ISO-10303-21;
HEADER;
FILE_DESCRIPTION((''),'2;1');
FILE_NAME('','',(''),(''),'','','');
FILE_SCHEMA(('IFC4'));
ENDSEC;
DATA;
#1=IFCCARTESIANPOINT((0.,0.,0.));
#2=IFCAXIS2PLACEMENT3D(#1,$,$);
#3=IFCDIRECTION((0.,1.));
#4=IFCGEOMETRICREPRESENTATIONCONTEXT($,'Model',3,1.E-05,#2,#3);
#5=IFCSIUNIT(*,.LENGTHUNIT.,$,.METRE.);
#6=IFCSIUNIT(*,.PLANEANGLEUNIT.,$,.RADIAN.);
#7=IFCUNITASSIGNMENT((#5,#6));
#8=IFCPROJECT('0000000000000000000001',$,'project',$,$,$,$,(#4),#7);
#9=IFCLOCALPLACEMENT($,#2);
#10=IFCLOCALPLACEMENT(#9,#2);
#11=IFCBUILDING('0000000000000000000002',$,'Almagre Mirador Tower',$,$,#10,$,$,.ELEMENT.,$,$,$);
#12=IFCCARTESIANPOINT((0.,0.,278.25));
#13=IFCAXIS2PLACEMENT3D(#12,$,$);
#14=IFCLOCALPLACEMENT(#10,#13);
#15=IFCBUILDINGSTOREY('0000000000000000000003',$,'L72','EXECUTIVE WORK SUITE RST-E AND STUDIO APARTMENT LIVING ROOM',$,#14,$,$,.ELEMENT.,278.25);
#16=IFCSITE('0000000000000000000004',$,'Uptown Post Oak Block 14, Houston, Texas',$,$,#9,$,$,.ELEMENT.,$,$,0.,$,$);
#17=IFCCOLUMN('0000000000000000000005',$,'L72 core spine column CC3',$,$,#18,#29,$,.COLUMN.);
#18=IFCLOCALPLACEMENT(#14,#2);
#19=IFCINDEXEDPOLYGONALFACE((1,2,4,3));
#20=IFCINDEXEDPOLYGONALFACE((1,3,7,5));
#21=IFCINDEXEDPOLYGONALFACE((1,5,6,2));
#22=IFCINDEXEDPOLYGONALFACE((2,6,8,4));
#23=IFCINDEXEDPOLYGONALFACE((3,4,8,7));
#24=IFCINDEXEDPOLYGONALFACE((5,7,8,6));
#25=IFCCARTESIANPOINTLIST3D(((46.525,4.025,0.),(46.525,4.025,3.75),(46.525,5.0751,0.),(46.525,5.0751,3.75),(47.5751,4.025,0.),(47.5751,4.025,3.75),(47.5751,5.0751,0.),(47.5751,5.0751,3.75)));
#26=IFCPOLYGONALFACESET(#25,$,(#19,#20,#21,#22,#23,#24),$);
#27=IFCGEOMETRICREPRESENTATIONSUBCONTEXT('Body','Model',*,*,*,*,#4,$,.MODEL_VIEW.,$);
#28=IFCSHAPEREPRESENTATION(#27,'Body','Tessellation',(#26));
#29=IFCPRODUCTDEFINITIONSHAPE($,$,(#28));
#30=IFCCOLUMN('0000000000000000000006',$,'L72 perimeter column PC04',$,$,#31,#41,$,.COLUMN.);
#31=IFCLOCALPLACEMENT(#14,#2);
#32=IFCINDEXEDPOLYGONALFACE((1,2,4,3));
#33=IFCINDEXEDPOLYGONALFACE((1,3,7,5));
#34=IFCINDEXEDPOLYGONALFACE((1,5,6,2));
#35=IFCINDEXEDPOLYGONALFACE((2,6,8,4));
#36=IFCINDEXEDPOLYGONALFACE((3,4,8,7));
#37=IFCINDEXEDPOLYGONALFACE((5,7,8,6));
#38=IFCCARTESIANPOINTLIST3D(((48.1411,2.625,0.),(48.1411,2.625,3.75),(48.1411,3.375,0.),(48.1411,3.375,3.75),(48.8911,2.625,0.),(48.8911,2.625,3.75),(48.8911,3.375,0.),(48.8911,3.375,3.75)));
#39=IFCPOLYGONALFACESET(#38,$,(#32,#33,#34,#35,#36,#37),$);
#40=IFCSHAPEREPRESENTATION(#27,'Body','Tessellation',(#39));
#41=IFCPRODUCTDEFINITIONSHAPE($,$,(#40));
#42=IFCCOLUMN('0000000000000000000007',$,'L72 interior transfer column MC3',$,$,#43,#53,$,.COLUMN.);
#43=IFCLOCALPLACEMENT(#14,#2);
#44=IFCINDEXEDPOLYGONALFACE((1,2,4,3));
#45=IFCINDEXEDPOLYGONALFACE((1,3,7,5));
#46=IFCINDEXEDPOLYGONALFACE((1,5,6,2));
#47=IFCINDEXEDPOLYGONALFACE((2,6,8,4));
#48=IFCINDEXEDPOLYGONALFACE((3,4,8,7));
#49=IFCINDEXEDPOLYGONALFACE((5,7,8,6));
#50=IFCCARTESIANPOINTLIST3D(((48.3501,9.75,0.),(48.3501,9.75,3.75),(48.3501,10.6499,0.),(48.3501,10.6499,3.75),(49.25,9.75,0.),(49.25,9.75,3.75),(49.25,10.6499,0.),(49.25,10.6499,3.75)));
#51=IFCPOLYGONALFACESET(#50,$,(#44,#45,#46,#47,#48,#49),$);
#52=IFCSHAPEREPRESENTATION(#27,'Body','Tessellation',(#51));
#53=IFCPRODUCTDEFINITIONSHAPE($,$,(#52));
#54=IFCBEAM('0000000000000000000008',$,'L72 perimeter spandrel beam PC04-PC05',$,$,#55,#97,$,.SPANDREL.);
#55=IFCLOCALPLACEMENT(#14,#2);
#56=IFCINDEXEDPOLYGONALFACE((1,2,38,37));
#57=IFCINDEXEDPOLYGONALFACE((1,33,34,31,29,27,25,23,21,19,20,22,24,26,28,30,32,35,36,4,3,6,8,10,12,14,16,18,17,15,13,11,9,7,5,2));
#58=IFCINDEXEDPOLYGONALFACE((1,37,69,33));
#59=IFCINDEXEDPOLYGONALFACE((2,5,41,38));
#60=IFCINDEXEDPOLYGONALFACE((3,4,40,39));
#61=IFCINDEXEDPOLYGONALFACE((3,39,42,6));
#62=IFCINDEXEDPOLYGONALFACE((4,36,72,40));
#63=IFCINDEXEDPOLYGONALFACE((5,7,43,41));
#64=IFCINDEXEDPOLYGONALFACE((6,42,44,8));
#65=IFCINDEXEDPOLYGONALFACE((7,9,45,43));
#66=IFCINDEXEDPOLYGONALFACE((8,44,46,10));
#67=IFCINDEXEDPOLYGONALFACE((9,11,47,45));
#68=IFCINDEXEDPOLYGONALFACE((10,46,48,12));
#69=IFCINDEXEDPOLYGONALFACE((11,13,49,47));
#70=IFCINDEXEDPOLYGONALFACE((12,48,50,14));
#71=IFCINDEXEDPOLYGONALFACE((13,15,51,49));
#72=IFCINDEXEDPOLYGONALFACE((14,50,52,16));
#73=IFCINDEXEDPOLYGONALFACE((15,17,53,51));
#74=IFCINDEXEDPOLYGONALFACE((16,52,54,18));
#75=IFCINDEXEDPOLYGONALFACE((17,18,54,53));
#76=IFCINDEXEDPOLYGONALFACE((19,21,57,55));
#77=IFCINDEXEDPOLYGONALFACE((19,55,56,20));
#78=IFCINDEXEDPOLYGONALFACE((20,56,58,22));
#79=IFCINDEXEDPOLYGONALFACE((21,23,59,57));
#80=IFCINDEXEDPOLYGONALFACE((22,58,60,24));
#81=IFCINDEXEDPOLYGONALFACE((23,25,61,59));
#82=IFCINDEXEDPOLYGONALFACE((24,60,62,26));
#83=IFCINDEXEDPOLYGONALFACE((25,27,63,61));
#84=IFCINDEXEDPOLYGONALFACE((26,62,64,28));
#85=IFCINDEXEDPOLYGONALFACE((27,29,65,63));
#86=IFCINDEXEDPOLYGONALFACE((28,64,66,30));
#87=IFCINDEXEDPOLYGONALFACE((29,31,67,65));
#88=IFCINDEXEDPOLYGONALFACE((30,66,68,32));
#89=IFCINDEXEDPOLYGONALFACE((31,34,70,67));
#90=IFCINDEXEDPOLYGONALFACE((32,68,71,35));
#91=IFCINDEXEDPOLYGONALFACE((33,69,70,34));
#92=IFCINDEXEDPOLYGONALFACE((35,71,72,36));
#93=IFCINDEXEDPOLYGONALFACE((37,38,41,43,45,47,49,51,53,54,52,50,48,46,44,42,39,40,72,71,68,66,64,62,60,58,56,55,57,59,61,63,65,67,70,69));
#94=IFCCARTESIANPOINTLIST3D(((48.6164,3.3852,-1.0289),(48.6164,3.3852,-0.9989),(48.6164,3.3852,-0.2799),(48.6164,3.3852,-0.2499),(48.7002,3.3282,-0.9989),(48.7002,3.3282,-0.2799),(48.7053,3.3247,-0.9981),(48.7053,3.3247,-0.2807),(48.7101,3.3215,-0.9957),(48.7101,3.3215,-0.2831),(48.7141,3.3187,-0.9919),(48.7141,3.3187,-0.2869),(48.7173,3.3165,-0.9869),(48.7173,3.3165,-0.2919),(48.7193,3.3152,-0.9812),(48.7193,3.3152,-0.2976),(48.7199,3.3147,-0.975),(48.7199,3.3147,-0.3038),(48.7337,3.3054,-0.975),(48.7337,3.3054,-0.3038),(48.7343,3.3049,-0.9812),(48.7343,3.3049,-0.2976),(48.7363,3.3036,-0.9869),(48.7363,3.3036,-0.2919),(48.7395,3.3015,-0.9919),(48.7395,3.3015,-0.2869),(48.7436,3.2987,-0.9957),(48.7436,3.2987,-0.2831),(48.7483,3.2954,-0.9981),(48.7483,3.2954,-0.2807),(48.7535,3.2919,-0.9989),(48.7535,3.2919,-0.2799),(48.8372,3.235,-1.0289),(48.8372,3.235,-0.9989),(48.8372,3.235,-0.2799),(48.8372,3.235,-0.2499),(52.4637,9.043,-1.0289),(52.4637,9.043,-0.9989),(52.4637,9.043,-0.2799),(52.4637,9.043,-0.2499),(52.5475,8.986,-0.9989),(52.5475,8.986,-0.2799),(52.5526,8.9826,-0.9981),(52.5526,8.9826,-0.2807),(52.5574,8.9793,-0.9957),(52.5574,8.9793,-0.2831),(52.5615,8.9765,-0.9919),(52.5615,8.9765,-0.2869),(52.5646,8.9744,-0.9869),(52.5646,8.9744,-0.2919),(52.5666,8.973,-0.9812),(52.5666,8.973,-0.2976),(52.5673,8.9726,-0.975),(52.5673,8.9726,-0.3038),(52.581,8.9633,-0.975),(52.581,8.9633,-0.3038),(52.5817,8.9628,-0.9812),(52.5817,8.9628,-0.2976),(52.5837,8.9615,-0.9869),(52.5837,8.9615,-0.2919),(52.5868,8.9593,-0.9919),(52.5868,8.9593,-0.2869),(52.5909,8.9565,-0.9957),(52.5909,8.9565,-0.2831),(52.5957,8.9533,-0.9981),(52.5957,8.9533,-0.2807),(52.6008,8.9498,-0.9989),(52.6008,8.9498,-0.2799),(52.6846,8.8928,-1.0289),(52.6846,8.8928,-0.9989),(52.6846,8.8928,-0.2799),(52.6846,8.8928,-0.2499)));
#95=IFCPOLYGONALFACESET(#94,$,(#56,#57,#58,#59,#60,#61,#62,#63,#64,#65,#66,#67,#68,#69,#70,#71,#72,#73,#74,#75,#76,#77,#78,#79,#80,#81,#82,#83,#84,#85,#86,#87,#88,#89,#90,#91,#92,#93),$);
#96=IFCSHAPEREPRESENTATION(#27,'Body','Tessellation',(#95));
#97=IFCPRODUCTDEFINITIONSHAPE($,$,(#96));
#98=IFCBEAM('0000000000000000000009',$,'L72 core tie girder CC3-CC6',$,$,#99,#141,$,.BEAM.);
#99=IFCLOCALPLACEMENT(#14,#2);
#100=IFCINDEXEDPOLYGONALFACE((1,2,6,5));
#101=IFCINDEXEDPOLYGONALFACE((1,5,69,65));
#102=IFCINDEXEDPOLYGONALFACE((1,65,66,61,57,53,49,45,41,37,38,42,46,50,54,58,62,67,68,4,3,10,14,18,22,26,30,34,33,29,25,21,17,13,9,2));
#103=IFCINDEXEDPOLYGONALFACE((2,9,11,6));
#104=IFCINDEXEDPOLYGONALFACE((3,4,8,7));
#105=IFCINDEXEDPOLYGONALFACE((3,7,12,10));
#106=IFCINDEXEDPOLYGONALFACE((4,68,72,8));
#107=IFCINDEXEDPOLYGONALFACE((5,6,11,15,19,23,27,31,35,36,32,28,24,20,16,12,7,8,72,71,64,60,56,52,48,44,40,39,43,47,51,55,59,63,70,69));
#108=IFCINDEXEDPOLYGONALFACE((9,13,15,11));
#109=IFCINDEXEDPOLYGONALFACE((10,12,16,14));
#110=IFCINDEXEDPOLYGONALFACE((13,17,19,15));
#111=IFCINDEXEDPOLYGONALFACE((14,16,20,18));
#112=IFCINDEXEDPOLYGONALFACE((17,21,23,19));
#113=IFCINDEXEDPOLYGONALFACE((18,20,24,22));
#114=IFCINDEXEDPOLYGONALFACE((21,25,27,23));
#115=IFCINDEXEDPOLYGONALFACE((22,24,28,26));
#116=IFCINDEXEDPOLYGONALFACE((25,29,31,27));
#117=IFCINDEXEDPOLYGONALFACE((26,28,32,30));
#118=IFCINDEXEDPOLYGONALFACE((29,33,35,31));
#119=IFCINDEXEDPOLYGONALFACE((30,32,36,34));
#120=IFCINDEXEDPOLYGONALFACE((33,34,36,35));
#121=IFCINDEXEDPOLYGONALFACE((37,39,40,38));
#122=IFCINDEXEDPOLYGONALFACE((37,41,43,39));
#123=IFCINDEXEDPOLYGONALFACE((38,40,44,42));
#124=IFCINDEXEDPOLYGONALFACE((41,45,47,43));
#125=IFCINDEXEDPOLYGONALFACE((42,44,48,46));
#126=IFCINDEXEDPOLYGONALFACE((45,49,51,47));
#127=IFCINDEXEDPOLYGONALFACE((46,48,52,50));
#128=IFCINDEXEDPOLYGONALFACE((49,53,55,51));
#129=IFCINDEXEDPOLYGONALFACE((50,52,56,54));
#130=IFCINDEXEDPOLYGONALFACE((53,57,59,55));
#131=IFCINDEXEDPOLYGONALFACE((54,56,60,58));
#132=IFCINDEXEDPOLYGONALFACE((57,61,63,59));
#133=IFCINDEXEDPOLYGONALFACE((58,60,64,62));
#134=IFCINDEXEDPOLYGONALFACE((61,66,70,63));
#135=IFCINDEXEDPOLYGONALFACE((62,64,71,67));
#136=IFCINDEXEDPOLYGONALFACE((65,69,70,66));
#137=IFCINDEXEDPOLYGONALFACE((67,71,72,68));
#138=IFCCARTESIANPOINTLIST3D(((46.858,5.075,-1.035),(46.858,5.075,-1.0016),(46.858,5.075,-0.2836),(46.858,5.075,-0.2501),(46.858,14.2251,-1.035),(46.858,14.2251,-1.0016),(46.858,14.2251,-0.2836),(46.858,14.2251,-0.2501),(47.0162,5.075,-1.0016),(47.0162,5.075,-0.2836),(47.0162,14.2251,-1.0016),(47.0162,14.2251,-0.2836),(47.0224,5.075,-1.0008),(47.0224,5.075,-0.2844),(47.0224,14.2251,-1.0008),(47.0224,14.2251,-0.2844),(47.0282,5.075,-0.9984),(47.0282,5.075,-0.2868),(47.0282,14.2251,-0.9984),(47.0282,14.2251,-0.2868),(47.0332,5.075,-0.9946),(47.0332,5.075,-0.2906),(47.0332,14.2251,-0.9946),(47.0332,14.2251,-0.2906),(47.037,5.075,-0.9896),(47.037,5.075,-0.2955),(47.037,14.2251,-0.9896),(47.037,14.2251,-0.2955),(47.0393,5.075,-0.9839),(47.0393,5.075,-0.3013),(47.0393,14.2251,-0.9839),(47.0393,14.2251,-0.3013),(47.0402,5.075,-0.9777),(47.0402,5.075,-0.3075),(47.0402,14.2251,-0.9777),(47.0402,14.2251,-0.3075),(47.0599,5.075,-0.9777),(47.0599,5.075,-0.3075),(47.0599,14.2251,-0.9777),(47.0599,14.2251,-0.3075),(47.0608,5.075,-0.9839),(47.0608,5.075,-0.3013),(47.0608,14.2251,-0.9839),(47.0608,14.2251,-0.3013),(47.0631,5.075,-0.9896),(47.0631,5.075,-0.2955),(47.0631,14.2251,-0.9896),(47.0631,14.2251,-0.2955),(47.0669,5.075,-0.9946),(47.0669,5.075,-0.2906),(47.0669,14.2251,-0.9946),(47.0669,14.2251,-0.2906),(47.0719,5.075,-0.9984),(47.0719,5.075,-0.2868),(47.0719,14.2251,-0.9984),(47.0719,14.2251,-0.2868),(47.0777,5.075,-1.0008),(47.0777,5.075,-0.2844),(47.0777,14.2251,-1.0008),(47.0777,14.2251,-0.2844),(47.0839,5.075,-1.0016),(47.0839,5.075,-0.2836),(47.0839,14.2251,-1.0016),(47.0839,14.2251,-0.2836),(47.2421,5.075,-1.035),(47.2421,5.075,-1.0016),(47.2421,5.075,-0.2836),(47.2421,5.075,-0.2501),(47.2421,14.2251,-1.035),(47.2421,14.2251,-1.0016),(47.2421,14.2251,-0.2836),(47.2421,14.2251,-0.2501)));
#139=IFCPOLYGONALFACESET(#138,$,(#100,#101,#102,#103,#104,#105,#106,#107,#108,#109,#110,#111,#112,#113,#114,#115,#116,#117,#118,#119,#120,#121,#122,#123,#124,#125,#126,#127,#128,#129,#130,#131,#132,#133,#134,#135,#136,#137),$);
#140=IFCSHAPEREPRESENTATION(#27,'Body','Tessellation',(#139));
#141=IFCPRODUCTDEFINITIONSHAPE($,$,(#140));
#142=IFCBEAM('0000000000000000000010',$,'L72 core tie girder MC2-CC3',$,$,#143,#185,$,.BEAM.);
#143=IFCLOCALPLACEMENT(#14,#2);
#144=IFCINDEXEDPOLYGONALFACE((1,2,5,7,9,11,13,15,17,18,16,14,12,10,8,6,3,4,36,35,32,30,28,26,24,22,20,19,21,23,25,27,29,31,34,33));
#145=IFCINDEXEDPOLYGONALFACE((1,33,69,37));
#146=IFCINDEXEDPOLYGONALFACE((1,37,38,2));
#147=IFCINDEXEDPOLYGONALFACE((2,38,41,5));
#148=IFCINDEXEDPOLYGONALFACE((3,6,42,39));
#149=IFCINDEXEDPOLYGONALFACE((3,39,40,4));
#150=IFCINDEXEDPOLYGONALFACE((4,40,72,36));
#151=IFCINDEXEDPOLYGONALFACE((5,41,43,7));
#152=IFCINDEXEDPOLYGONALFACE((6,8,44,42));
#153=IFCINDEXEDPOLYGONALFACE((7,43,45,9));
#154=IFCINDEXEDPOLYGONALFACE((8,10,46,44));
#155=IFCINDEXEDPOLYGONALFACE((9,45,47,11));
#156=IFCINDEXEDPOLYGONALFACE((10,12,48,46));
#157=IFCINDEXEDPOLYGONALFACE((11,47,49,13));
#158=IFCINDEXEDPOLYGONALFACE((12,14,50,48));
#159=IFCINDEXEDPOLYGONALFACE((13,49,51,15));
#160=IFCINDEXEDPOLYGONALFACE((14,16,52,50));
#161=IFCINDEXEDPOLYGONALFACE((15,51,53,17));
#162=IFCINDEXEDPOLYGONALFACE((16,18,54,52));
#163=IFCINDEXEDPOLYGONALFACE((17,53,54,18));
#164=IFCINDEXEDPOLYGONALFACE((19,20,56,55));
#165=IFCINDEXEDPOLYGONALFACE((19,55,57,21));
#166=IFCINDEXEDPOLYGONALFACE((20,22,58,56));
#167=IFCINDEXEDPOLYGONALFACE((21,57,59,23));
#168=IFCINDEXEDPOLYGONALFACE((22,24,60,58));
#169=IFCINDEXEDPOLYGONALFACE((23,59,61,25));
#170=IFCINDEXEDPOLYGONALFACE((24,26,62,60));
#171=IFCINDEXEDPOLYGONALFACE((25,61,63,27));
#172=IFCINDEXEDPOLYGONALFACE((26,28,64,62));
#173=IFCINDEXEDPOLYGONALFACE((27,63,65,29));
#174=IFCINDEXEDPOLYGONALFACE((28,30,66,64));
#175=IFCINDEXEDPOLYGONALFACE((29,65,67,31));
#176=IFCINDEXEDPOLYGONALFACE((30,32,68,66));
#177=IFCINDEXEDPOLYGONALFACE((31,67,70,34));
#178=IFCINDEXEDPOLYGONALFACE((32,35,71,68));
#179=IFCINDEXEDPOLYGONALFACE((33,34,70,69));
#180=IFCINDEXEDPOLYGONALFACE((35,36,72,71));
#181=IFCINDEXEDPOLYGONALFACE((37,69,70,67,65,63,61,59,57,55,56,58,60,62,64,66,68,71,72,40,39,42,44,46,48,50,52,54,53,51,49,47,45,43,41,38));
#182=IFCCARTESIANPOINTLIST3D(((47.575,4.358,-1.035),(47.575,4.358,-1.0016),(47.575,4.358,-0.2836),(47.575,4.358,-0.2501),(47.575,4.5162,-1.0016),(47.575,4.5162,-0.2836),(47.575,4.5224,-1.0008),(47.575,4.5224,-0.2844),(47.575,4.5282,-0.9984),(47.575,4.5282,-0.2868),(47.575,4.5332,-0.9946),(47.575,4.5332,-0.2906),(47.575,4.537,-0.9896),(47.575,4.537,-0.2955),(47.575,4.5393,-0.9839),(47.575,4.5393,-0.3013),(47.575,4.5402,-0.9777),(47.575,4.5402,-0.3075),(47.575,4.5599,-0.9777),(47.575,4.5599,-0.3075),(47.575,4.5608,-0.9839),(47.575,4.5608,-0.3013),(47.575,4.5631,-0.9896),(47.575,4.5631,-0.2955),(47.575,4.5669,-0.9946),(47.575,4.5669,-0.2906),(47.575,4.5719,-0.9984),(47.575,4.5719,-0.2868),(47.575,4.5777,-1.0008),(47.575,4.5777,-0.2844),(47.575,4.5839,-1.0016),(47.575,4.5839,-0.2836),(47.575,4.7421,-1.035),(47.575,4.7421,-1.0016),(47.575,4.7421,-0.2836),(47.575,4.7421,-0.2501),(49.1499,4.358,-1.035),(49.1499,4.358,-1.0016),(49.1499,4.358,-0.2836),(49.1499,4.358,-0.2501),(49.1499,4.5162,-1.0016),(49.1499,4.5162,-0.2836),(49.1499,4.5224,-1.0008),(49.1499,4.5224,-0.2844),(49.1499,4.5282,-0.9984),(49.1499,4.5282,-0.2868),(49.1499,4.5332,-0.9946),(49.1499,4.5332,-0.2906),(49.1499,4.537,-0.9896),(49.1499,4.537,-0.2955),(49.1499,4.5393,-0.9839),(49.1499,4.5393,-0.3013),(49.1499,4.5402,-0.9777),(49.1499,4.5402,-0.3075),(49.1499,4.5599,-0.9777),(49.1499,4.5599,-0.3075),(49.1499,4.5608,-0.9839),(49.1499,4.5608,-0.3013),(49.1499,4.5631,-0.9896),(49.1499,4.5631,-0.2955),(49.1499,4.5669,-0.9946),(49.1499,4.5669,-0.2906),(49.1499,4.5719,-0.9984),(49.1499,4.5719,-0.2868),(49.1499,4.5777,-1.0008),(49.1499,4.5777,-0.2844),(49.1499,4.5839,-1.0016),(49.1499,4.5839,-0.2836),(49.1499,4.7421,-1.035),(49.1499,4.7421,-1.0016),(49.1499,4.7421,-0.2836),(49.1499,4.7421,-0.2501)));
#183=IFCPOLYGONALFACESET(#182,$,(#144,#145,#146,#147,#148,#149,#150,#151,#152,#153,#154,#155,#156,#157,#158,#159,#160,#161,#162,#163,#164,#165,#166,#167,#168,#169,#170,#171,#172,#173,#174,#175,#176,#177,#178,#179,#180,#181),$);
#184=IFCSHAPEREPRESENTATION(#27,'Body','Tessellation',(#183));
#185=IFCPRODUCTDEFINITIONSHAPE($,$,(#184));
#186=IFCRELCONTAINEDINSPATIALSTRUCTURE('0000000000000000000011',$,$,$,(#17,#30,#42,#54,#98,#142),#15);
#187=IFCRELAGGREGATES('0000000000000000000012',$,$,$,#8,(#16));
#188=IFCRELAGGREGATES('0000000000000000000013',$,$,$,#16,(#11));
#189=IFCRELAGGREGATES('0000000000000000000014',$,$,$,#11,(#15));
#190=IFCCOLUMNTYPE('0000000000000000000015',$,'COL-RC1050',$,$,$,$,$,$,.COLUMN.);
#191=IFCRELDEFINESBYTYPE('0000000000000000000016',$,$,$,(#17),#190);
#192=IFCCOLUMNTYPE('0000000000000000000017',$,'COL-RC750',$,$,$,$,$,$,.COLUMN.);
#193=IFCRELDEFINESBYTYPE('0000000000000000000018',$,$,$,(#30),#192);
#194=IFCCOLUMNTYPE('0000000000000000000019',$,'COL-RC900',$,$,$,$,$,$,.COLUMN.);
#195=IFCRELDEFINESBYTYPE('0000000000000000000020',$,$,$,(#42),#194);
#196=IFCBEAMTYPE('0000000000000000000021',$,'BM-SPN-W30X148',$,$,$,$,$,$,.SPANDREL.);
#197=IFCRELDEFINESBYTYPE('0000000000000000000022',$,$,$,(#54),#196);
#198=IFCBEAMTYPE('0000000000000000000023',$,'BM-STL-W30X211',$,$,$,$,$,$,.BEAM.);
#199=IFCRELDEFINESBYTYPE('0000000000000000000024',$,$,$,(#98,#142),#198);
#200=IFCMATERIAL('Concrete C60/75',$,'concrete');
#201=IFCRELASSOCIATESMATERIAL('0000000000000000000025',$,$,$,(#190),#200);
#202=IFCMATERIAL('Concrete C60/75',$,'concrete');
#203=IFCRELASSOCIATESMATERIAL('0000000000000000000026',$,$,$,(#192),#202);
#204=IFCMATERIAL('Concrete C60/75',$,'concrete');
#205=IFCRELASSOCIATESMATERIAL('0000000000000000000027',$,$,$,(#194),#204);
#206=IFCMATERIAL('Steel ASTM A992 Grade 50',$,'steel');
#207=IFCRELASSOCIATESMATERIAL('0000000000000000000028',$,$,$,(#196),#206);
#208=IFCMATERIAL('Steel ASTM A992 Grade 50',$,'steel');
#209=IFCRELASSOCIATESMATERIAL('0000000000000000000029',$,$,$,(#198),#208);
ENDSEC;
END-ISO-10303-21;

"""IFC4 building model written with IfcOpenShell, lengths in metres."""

from ifc_helpers import new_model, si_unit, direction, frame, origin, origin_2d, place, context, subcontext, project, spatial, rectangle, i_section, extrude, material, material_profile, profile_set, type_object, element, save


model = new_model("IFC4")

# Units and contexts
model_context = context("Model", 3, precision=1e-05, world=origin(), true_north=direction((0.0, 1.0)))
body_context = subcontext(model_context, "Body", "Model", "MODEL_VIEW")
ifc_project = project(units=[si_unit("LENGTHUNIT", "METRE"), si_unit("PLANEANGLEUNIT", "RADIAN")], contexts=[model_context])

# Site, building, storey
site_placement = place(None, origin())
site = spatial("IfcSite", under=ifc_project, at=site_placement, Name="Uptown Post Oak Block 14, Houston, Texas", CompositionType="ELEMENT", RefElevation=0.0)
building_placement = place(site_placement, origin())
building = spatial("IfcBuilding", under=site, at=building_placement, Name="Almagre Mirador Tower", CompositionType="ELEMENT")
storey_placement = place(building_placement, frame((0.0, 0.0, 278.25)))
storey = spatial("IfcBuildingStorey", under=building, at=storey_placement, Name="L72", Description="EXECUTIVE WORK SUITE RST-E AND STUDIO APARTMENT LIVING ROOM", CompositionType="ELEMENT", Elevation=278.25)

# Columns
ifc_material_1 = material(Name="Concrete C60/75", Category="concrete")
ifc_material_profile_1 = material_profile(ifc_material_1, rectangle(XDim=1.05, YDim=1.05, at=origin_2d()), Name="RC1050X1050")
ifc_profile_set_1 = profile_set([ifc_material_profile_1], Name="Concrete C60/75")
column_type_1 = type_object("IfcColumnType", Name="COL-RC1050", PredefinedType="COLUMN", material=ifc_profile_set_1)
column_1_placement = place(storey_placement, frame((47.05, 4.55, 0.0), z_axis=(0.0, 0.0, 1.0), x_axis=(1.0, 0.0, 0.0)))
element("IfcColumn", 1, at=column_1_placement, inside=storey, type_object=column_type_1, Name="L72 core spine column CC3", PredefinedType="COLUMN", context=body_context, shape_type="SweptSolid", body=[
    extrude(rectangle(XDim=1.05, YDim=1.05, at=origin_2d()), origin(), (0.0, 0.0, 1.0), 3.75),
])
ifc_material_2 = material(Name="Concrete C60/75", Category="concrete")
ifc_material_profile_2 = material_profile(ifc_material_2, rectangle(XDim=0.75, YDim=0.75, at=origin_2d()), Name="RC750X750")
ifc_profile_set_2 = profile_set([ifc_material_profile_2], Name="Concrete C60/75")
column_type_2 = type_object("IfcColumnType", Name="COL-RC750", PredefinedType="COLUMN", material=ifc_profile_set_2)
column_2_placement = place(storey_placement, frame((48.5161, 3.0, 0.0), z_axis=(0.0, 0.0, 1.0), x_axis=(1.0, 0.0, 0.0)))
element("IfcColumn", 2, at=column_2_placement, inside=storey, type_object=column_type_2, Name="L72 perimeter column PC04", PredefinedType="COLUMN", context=body_context, shape_type="SweptSolid", body=[
    extrude(rectangle(XDim=0.75, YDim=0.75, at=origin_2d()), origin(), (0.0, 0.0, 1.0), 3.75),
])
ifc_material_3 = material(Name="Concrete C60/75", Category="concrete")
ifc_material_profile_3 = material_profile(ifc_material_3, rectangle(XDim=0.8999, YDim=0.8999, at=origin_2d()), Name="RC900X900")
ifc_profile_set_3 = profile_set([ifc_material_profile_3], Name="Concrete C60/75")
column_type_3 = type_object("IfcColumnType", Name="COL-RC900", PredefinedType="COLUMN", material=ifc_profile_set_3)
column_3_placement = place(storey_placement, frame((48.8, 10.2, 0.0), z_axis=(0.0, 0.0, 1.0), x_axis=(1.0, 0.0, 0.0)))
element("IfcColumn", 3, at=column_3_placement, inside=storey, type_object=column_type_3, Name="L72 interior transfer column MC3", PredefinedType="COLUMN", context=body_context, shape_type="SweptSolid", body=[
    extrude(rectangle(XDim=0.8999, YDim=0.8999, at=origin_2d()), origin(), (0.0, 0.0, 1.0), 3.75),
])

# Beams
ifc_material_4 = material(Name="Steel ASTM A992 Grade 50", Category="steel")
ifc_material_profile_4 = material_profile(ifc_material_4, i_section(OverallWidth=0.2671, OverallDepth=0.7791, WebThickness=0.0166, FlangeThickness=0.03, FilletRadius=0.0239, at=origin_2d()), Name="W30X148")
ifc_profile_set_4 = profile_set([ifc_material_profile_4], Name="Steel ASTM A992 Grade 50")
beam_type_1 = type_object("IfcBeamType", Name="BM-SPN-W30X148", PredefinedType="SPANDREL", material=ifc_profile_set_4)
beam_1_placement = place(storey_placement, frame((48.7268, 3.3101, -0.6394), z_axis=(0.56231, 0.826927, 0.0), x_axis=(-0.826927, 0.56231, 0.0)))
element("IfcBeam", 4, at=beam_1_placement, inside=storey, type_object=beam_type_1, Name="L72 perimeter spandrel beam PC04-PC05", PredefinedType="SPANDREL", context=body_context, shape_type="SweptSolid", body=[
    extrude(i_section(OverallWidth=0.2671, OverallDepth=0.7791, WebThickness=0.0166, FlangeThickness=0.03, FilletRadius=0.0239, at=origin_2d()), origin(), (0.0, 0.0, 1.0), 6.842),
])
ifc_material_5 = material(Name="Steel ASTM A992 Grade 50", Category="steel")
ifc_material_profile_5 = material_profile(ifc_material_5, i_section(OverallWidth=0.384, OverallDepth=0.7849, WebThickness=0.0198, FlangeThickness=0.0334, FilletRadius=0.0239, at=origin_2d()), Name="W30X211")
ifc_profile_set_5 = profile_set([ifc_material_profile_5], Name="Steel ASTM A992 Grade 50")
beam_type_2 = type_object("IfcBeamType", Name="BM-STL-W30X211", PredefinedType="BEAM", material=ifc_profile_set_5)
beam_2_placement = place(storey_placement, frame((47.05, 5.075, -0.6426), z_axis=(0.0, 1.0, 0.0), x_axis=(-1.0, 0.0, 0.0)))
element("IfcBeam", 5, at=beam_2_placement, inside=storey, type_object=beam_type_2, Name="L72 core tie girder CC3-CC6", PredefinedType="BEAM", context=body_context, shape_type="SweptSolid", body=[
    extrude(i_section(OverallWidth=0.384, OverallDepth=0.7849, WebThickness=0.0198, FlangeThickness=0.0334, FilletRadius=0.0239, at=origin_2d()), origin(), (0.0, 0.0, 1.0), 9.1501),
])
beam_3_placement = place(storey_placement, frame((49.1499, 4.55, -0.6426), z_axis=(-1.0, 0.0, 0.0), x_axis=(0.0, -1.0, 0.0)))
element("IfcBeam", 6, at=beam_3_placement, inside=storey, type_object=beam_type_2, Name="L72 core tie girder MC2-CC3", PredefinedType="BEAM", context=body_context, shape_type="SweptSolid", body=[
    extrude(i_section(OverallWidth=0.384, OverallDepth=0.7849, WebThickness=0.0198, FlangeThickness=0.0334, FilletRadius=0.0239, at=origin_2d()), origin(), (0.0, 0.0, 1.0), 1.575),
])

save(model, "model.ifc")
